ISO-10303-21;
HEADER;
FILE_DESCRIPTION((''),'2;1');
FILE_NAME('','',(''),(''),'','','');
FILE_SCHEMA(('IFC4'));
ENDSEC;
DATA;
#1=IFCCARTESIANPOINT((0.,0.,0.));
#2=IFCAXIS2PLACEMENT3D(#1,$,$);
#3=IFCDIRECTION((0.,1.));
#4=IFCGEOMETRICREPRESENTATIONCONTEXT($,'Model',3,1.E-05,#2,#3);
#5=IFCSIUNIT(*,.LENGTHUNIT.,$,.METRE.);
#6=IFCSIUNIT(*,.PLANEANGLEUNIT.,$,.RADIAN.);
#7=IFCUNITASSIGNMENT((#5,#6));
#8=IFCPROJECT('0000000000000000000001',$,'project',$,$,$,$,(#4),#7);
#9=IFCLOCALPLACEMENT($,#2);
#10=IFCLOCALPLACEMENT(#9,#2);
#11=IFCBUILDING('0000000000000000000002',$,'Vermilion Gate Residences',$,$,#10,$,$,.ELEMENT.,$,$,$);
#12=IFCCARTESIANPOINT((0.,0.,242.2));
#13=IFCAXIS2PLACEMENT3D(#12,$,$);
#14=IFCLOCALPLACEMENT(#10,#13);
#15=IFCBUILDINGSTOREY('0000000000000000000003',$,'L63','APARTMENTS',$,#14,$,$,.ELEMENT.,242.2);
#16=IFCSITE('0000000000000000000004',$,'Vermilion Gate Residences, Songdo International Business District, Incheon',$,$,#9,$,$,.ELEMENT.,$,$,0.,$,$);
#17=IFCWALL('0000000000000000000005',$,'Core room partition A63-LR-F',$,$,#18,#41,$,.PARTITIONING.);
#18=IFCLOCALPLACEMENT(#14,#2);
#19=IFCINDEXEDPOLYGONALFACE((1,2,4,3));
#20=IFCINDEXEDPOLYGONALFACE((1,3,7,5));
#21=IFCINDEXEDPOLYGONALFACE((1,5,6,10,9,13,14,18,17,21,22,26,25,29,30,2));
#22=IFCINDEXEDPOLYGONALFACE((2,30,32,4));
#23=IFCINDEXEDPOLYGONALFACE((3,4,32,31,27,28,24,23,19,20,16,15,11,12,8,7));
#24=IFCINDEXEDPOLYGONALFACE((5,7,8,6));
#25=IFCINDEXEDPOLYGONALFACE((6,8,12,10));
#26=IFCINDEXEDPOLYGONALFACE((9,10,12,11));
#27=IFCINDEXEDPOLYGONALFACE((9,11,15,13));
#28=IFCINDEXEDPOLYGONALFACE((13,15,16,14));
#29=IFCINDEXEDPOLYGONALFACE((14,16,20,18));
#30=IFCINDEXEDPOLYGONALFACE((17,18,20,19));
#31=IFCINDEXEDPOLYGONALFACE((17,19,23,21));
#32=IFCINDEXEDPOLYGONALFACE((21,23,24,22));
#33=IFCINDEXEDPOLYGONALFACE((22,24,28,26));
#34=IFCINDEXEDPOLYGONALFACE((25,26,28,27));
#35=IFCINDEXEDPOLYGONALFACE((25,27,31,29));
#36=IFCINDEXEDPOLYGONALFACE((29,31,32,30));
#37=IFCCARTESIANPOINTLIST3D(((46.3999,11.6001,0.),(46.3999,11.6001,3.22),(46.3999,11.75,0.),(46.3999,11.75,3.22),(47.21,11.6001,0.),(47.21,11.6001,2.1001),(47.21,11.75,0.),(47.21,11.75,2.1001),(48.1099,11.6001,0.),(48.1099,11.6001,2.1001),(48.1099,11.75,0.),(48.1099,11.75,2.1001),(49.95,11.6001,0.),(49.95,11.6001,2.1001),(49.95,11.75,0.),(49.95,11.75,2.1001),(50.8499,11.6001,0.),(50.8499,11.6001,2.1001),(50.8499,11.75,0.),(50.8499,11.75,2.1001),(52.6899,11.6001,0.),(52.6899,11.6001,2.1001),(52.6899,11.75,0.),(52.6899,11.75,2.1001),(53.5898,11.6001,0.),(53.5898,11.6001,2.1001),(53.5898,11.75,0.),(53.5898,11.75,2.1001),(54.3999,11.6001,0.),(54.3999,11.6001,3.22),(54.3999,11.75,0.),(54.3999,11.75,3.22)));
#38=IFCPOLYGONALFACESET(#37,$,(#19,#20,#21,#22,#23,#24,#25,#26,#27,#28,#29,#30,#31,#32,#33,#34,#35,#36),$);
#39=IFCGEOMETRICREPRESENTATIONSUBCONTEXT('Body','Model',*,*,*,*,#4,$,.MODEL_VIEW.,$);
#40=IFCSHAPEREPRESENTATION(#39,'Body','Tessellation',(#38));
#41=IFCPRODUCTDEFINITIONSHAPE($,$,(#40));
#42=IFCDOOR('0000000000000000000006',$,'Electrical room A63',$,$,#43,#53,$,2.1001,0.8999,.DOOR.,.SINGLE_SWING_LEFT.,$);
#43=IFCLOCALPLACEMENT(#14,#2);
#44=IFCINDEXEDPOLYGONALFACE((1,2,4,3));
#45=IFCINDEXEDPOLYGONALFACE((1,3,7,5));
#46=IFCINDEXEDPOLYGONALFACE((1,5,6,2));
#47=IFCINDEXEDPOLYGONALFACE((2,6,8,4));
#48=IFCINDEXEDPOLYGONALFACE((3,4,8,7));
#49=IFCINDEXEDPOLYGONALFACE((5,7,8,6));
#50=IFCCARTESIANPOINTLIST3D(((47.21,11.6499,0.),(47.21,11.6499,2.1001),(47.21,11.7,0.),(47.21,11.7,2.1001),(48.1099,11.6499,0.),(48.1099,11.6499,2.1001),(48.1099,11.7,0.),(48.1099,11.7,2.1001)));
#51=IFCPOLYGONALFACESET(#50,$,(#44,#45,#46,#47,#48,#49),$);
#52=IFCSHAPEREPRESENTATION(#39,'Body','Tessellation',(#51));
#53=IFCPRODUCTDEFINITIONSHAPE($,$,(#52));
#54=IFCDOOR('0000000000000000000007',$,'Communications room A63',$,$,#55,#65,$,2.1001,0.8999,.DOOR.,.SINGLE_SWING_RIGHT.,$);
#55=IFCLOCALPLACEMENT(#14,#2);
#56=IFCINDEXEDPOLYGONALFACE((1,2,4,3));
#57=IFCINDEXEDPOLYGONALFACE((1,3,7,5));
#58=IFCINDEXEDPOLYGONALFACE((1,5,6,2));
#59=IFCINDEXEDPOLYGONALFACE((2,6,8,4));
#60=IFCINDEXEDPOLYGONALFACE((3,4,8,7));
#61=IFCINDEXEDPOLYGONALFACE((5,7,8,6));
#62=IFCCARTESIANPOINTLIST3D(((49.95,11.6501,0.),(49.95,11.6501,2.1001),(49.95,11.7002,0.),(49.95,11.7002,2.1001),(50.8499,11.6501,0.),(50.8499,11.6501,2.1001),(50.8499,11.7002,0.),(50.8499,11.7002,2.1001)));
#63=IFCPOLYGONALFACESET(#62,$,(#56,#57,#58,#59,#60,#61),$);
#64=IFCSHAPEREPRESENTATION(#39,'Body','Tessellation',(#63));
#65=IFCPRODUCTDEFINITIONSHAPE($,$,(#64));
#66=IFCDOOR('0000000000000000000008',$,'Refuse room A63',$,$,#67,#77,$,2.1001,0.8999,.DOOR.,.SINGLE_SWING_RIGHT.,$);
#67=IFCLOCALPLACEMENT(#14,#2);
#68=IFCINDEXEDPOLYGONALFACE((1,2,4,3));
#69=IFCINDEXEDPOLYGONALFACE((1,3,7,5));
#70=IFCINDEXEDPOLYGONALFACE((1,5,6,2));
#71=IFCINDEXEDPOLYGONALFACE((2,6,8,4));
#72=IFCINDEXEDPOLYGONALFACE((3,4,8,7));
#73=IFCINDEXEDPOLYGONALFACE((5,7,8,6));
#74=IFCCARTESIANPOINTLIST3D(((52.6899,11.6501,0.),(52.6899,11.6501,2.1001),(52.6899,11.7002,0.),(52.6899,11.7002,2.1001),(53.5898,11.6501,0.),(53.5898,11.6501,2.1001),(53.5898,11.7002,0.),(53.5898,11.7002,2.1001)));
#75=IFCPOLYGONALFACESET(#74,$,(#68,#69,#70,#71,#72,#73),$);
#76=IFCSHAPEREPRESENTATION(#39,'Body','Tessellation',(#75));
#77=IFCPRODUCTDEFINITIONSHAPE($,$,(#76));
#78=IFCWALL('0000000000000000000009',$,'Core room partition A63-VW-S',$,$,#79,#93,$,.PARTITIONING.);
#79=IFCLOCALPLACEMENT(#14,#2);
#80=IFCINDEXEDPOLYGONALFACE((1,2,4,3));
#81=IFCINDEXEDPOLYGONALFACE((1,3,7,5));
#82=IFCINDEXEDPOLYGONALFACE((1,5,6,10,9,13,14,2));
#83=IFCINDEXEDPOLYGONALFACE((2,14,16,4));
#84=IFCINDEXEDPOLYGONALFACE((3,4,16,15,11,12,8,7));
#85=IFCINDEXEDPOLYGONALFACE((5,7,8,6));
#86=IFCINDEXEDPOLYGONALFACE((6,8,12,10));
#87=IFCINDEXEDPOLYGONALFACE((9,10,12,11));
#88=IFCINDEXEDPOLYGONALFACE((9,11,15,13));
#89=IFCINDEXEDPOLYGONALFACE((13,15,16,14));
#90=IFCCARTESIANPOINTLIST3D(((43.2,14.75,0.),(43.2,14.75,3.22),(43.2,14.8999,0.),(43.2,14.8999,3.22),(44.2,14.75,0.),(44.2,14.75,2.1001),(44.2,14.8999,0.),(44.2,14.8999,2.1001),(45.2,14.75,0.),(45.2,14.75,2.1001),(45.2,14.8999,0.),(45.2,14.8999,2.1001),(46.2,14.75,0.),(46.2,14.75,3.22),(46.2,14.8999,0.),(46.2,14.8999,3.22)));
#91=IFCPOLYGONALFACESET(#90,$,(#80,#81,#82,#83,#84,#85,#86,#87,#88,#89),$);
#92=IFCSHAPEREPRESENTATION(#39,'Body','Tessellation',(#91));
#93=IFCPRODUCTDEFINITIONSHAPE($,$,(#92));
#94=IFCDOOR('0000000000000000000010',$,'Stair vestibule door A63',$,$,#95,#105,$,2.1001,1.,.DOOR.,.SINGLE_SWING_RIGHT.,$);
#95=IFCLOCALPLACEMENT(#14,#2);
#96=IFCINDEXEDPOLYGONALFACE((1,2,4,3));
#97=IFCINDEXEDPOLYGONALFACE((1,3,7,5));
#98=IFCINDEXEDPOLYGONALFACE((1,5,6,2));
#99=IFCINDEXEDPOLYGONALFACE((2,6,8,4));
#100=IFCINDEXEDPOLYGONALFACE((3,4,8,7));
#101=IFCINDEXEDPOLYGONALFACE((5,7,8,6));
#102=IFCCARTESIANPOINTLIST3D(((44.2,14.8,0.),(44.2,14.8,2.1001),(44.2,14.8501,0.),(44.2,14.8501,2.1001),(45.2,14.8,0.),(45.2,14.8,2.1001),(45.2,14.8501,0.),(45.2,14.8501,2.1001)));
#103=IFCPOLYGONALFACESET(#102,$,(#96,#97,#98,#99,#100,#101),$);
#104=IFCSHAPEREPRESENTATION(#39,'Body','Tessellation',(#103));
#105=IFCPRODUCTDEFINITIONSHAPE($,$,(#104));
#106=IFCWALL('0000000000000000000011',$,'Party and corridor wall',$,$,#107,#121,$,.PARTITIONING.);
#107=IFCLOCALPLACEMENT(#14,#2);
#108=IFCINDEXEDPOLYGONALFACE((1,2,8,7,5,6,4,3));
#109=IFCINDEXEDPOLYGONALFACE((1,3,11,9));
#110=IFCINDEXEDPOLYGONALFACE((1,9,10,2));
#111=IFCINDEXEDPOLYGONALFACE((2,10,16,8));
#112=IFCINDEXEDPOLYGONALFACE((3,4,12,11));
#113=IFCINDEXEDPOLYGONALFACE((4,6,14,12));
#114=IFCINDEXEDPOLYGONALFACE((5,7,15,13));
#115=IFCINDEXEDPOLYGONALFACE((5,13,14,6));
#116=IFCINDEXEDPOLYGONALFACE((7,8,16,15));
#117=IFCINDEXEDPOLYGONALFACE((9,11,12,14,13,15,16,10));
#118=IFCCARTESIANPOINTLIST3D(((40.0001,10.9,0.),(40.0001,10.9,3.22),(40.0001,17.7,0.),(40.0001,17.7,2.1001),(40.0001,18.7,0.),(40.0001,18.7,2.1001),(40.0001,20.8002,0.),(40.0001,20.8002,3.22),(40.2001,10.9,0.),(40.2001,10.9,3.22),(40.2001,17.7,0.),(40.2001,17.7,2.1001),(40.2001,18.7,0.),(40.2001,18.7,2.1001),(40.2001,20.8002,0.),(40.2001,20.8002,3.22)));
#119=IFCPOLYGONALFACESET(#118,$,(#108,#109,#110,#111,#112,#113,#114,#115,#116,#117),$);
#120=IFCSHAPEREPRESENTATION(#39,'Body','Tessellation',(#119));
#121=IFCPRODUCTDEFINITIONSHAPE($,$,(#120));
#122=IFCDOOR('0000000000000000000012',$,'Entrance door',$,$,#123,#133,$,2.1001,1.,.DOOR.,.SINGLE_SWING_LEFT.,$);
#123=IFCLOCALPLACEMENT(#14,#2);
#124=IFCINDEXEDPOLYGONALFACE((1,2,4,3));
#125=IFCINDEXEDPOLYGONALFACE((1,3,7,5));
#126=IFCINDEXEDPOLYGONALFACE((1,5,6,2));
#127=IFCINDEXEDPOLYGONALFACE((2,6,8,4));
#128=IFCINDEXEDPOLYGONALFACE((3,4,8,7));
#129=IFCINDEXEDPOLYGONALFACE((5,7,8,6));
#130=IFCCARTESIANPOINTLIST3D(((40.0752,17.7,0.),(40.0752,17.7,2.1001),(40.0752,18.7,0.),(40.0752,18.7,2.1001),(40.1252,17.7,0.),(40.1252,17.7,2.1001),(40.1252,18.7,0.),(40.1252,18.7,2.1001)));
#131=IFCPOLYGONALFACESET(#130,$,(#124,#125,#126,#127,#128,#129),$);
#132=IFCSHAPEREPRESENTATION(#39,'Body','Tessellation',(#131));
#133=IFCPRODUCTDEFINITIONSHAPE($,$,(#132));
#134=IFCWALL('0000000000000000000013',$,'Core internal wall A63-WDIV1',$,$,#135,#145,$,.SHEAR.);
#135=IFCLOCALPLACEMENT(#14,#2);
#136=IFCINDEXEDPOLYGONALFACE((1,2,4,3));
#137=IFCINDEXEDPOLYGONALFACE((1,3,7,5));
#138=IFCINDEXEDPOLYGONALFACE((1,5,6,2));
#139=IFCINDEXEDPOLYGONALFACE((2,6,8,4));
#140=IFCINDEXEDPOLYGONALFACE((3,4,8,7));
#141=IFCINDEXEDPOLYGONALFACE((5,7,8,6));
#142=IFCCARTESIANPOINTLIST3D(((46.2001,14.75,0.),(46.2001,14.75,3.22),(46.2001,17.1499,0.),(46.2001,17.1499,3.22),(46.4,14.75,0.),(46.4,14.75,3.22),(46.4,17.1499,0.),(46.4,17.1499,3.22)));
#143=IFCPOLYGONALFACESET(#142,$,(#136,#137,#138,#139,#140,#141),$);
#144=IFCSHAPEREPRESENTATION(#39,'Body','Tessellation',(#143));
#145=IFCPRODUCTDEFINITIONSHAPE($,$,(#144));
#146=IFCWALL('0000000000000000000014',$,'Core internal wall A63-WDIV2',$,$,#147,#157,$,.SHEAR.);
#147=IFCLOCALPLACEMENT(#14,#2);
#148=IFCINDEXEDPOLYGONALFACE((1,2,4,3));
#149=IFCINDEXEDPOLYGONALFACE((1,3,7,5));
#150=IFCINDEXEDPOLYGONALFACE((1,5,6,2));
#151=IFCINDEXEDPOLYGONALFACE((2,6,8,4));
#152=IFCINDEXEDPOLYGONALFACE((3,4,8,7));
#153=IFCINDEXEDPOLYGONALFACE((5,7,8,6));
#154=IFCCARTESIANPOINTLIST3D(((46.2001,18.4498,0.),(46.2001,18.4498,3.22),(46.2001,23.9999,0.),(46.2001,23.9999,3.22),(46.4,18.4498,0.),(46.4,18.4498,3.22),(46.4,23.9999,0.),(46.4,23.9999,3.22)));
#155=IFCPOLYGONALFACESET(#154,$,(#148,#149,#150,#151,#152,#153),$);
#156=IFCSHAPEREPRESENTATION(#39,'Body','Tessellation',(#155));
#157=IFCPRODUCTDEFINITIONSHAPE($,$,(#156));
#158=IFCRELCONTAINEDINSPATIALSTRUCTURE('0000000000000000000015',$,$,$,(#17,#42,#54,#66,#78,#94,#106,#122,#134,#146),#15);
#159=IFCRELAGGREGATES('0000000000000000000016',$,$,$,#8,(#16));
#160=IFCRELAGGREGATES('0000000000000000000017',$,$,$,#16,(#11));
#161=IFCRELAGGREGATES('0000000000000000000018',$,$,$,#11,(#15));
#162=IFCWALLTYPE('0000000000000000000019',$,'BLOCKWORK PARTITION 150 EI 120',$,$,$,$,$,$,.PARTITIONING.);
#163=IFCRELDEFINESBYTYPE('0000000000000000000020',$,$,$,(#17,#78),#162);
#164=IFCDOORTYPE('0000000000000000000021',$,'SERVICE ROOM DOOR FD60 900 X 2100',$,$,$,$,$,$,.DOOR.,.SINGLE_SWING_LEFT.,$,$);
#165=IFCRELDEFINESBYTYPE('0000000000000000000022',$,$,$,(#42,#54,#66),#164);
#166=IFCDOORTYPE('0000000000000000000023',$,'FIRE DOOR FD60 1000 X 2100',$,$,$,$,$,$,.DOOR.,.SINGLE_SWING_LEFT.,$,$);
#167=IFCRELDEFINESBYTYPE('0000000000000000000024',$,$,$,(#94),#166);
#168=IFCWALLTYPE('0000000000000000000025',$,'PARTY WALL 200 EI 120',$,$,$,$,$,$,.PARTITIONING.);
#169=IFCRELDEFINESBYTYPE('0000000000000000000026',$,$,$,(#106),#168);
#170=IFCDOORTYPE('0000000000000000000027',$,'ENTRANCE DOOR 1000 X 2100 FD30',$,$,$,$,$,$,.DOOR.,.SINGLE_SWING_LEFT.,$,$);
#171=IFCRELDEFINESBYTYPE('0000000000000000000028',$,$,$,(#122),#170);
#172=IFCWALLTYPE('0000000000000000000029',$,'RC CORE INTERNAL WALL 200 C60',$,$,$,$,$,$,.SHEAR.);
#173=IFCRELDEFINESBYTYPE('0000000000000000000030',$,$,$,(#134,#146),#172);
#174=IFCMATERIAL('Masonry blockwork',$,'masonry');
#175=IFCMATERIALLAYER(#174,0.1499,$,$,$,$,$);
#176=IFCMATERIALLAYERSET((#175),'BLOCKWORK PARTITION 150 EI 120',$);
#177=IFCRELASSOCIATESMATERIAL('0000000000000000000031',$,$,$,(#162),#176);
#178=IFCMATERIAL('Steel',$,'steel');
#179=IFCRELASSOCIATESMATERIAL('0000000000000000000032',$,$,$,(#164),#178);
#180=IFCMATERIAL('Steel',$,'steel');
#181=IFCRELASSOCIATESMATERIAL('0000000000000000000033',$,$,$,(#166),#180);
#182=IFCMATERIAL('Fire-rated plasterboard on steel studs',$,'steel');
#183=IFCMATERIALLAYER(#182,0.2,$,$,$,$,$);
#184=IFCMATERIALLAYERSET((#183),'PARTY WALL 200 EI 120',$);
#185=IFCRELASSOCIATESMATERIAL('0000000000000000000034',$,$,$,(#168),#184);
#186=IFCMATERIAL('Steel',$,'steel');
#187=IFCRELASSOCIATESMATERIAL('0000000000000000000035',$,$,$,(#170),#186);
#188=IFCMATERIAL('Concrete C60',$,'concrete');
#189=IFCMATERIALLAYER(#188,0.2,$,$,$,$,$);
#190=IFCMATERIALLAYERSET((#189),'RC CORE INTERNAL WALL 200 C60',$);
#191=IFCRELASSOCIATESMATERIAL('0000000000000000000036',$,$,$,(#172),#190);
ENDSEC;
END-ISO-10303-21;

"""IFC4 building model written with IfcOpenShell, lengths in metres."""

from ifc_helpers import new_model, si_unit, direction, frame, frame_2d, origin, place, context, subcontext, project, spatial, rectangle, extrude, material, layer, layer_set, type_object, element, fill, save


model = new_model("IFC4")

# Units and contexts
model_context = context("Model", 3, precision=1e-05, world=origin(), true_north=direction((0.0, 1.0)))
body_context = subcontext(model_context, "Body", "Model", "MODEL_VIEW")
ifc_project = project(units=[si_unit("LENGTHUNIT", "METRE"), si_unit("PLANEANGLEUNIT", "RADIAN")], contexts=[model_context])

# Site, building, storey
site_placement = place(None, origin())
site = spatial("IfcSite", under=ifc_project, at=site_placement, Name="Vermilion Gate Residences, Songdo International Business District, Incheon", CompositionType="ELEMENT", RefElevation=0.0)
building_placement = place(site_placement, origin())
building = spatial("IfcBuilding", under=site, at=building_placement, Name="Vermilion Gate Residences", CompositionType="ELEMENT")
storey_placement = place(building_placement, frame((0.0, 0.0, 242.2)))
storey = spatial("IfcBuildingStorey", under=building, at=storey_placement, Name="L63", Description="APARTMENTS", CompositionType="ELEMENT", Elevation=242.2)

# Wall, openings, doors
ifc_material_1 = material(Name="Masonry blockwork", Category="masonry")
ifc_layer_1 = layer(ifc_material_1, 0.1499)
ifc_layer_set_1 = layer_set([ifc_layer_1], Name="BLOCKWORK PARTITION 150 EI 120")
wall_type_1 = type_object("IfcWallType", Name="BLOCKWORK PARTITION 150 EI 120", PredefinedType="PARTITIONING", material=ifc_layer_set_1)
wall_1_placement = place(storey_placement, frame((46.3999, 11.675, 0.0), z_axis=(0.0, 0.0, 1.0), x_axis=(1.0, 0.0, 0.0)))
wall_1 = element("IfcWall", 1, at=wall_1_placement, inside=storey, type_object=wall_type_1, Name="Core room partition A63-LR-F", PredefinedType="PARTITIONING", context=body_context, shape_type="SweptSolid", body=[
    extrude(rectangle(XDim=8.0, YDim=0.1499, at=frame_2d((4.0, 0.0))), origin(), (0.0, 0.0, 1.0), 3.22),
])
opening_1_placement = place(wall_1_placement, frame((0.8101, 0.0, 0.0)))
opening_1 = element("IfcOpeningElement", 2, at=opening_1_placement, cuts=wall_1, PredefinedType="OPENING", context=body_context, shape_type="SweptSolid", body=[
    extrude(rectangle(XDim=0.8999, YDim=2.1001, at=frame_2d((0.45, 1.05))), frame((0.0, 0.085, 0.0), z_axis=(0.0, -1.0, 0.0), x_axis=(1.0, 0.0, 0.0)), (0.0, 0.0, 1.0), 0.1699),
])
opening_2_placement = place(wall_1_placement, frame((3.55, 0.0, 0.0)))
opening_2 = element("IfcOpeningElement", 3, at=opening_2_placement, cuts=wall_1, PredefinedType="OPENING", context=body_context, shape_type="SweptSolid", body=[
    extrude(rectangle(XDim=0.8999, YDim=2.1001, at=frame_2d((0.45, 1.05))), frame((0.0, 0.085, 0.0), z_axis=(0.0, -1.0, 0.0), x_axis=(1.0, 0.0, 0.0)), (0.0, 0.0, 1.0), 0.1699),
])
opening_3_placement = place(wall_1_placement, frame((6.29, 0.0, 0.0)))
opening_3 = element("IfcOpeningElement", 4, at=opening_3_placement, cuts=wall_1, PredefinedType="OPENING", context=body_context, shape_type="SweptSolid", body=[
    extrude(rectangle(XDim=0.8999, YDim=2.1001, at=frame_2d((0.45, 1.05))), frame((0.0, 0.085, 0.0), z_axis=(0.0, -1.0, 0.0), x_axis=(1.0, 0.0, 0.0)), (0.0, 0.0, 1.0), 0.1699),
])
ifc_material_2 = material(Name="Steel", Category="steel")
door_type_1 = type_object("IfcDoorType", Name="SERVICE ROOM DOOR FD60 900 X 2100", OperationType="SINGLE_SWING_LEFT", PredefinedType="DOOR", material=ifc_material_2)
door_1_placement = place(opening_1_placement, origin())
door_1 = element("IfcDoor", 5, at=door_1_placement, inside=storey, type_object=door_type_1, Name="Electrical room A63", OperationType="SINGLE_SWING_LEFT", OverallHeight=2.1001, OverallWidth=0.8999, PredefinedType="DOOR", context=body_context, shape_type="SweptSolid", body=[
    extrude(rectangle(XDim=0.8999, YDim=2.1001, at=frame_2d((0.45, 1.05))), frame((0.0, 0.0249, 0.0), z_axis=(0.0, -1.0, 0.0), x_axis=(1.0, 0.0, 0.0)), (0.0, 0.0, 1.0), 0.05),
])
fill(opening_1, door_1)
door_2_placement = place(opening_2_placement, frame((0.8999, 0.0, 0.0), z_axis=(0.0, 0.0, 1.0), x_axis=(-1.0, 0.0, 0.0)))
door_2 = element("IfcDoor", 6, at=door_2_placement, inside=storey, type_object=door_type_1, Name="Communications room A63", OperationType="SINGLE_SWING_RIGHT", OverallHeight=2.1001, OverallWidth=0.8999, PredefinedType="DOOR", context=body_context, shape_type="SweptSolid", body=[
    extrude(rectangle(XDim=0.8999, YDim=2.1001, at=frame_2d((0.45, 1.05))), frame((0.0, 0.0249, 0.0), z_axis=(0.0, -1.0, 0.0), x_axis=(1.0, 0.0, 0.0)), (0.0, 0.0, 1.0), 0.05),
])
fill(opening_2, door_2)
door_3_placement = place(opening_3_placement, frame((0.8999, 0.0, 0.0), z_axis=(0.0, 0.0, 1.0), x_axis=(-1.0, 0.0, 0.0)))
door_3 = element("IfcDoor", 7, at=door_3_placement, inside=storey, type_object=door_type_1, Name="Refuse room A63", OperationType="SINGLE_SWING_RIGHT", OverallHeight=2.1001, OverallWidth=0.8999, PredefinedType="DOOR", context=body_context, shape_type="SweptSolid", body=[
    extrude(rectangle(XDim=0.8999, YDim=2.1001, at=frame_2d((0.45, 1.05))), frame((0.0, 0.0249, 0.0), z_axis=(0.0, -1.0, 0.0), x_axis=(1.0, 0.0, 0.0)), (0.0, 0.0, 1.0), 0.05),
])
fill(opening_3, door_3)

# Walls, openings, doors
wall_2_placement = place(storey_placement, frame((43.2, 14.825, 0.0), z_axis=(0.0, 0.0, 1.0), x_axis=(1.0, 0.0, 0.0)))
wall_2 = element("IfcWall", 8, at=wall_2_placement, inside=storey, type_object=wall_type_1, Name="Core room partition A63-VW-S", PredefinedType="PARTITIONING", context=body_context, shape_type="SweptSolid", body=[
    extrude(rectangle(XDim=3.0, YDim=0.1499, at=frame_2d((1.5, 0.0))), origin(), (0.0, 0.0, 1.0), 3.22),
])
opening_4_placement = place(wall_2_placement, frame((1.0, 0.0, 0.0)))
opening_4 = element("IfcOpeningElement", 9, at=opening_4_placement, cuts=wall_2, PredefinedType="OPENING", context=body_context, shape_type="SweptSolid", body=[
    extrude(rectangle(XDim=1.0, YDim=2.1001, at=frame_2d((0.5, 1.05))), frame((0.0, 0.085, 0.0), z_axis=(0.0, -1.0, 0.0), x_axis=(1.0, 0.0, 0.0)), (0.0, 0.0, 1.0), 0.1699),
])
ifc_material_3 = material(Name="Steel", Category="steel")
door_type_2 = type_object("IfcDoorType", Name="FIRE DOOR FD60 1000 X 2100", OperationType="SINGLE_SWING_LEFT", PredefinedType="DOOR", material=ifc_material_3)
door_4_placement = place(opening_4_placement, frame((1.0, 0.0, 0.0), z_axis=(0.0, 0.0, 1.0), x_axis=(-1.0, 0.0, 0.0)))
door_4 = element("IfcDoor", 10, at=door_4_placement, inside=storey, type_object=door_type_2, Name="Stair vestibule door A63", OperationType="SINGLE_SWING_RIGHT", OverallHeight=2.1001, OverallWidth=1.0, PredefinedType="DOOR", context=body_context, shape_type="SweptSolid", body=[
    extrude(rectangle(XDim=1.0, YDim=2.1001, at=frame_2d((0.5, 1.05))), frame((0.0, 0.0249, 0.0), z_axis=(0.0, -1.0, 0.0), x_axis=(1.0, 0.0, 0.0)), (0.0, 0.0, 1.0), 0.05),
])
fill(opening_4, door_4)
ifc_material_4 = material(Name="Fire-rated plasterboard on steel studs", Category="steel")
ifc_layer_2 = layer(ifc_material_4, 0.2)
ifc_layer_set_2 = layer_set([ifc_layer_2], Name="PARTY WALL 200 EI 120")
wall_type_2 = type_object("IfcWallType", Name="PARTY WALL 200 EI 120", PredefinedType="PARTITIONING", material=ifc_layer_set_2)
wall_3_placement = place(storey_placement, frame((40.1001, 10.8999, 0.0), z_axis=(0.0, 0.0, 1.0), x_axis=(0.0, 1.0, 0.0)))
wall_3 = element("IfcWall", 11, at=wall_3_placement, inside=storey, type_object=wall_type_2, Name="Party and corridor wall", PredefinedType="PARTITIONING", context=body_context, shape_type="SweptSolid", body=[
    extrude(rectangle(XDim=9.9001, YDim=0.2, at=frame_2d((4.9502, 0.0))), origin(), (0.0, 0.0, 1.0), 3.22),
])
opening_5_placement = place(wall_3_placement, frame((6.8, 0.0, 0.0)))
opening_5 = element("IfcOpeningElement", 12, at=opening_5_placement, cuts=wall_3, PredefinedType="OPENING", context=body_context, shape_type="SweptSolid", body=[
    extrude(rectangle(XDim=1.0, YDim=2.1001, at=frame_2d((0.5, 1.05))), frame((0.0, 0.1099, 0.0), z_axis=(0.0, -1.0, 0.0), x_axis=(1.0, 0.0, 0.0)), (0.0, 0.0, 1.0), 0.22),
])
ifc_material_5 = material(Name="Steel", Category="steel")
door_type_3 = type_object("IfcDoorType", Name="ENTRANCE DOOR 1000 X 2100 FD30", OperationType="SINGLE_SWING_LEFT", PredefinedType="DOOR", material=ifc_material_5)
door_5_placement = place(opening_5_placement, origin())
door_5 = element("IfcDoor", 13, at=door_5_placement, inside=storey, type_object=door_type_3, Name="Entrance door", OperationType="SINGLE_SWING_LEFT", OverallHeight=2.1001, OverallWidth=1.0, PredefinedType="DOOR", context=body_context, shape_type="SweptSolid", body=[
    extrude(rectangle(XDim=1.0, YDim=2.1001, at=frame_2d((0.5, 1.05))), frame((0.0, 0.0249, 0.0), z_axis=(0.0, -1.0, 0.0), x_axis=(1.0, 0.0, 0.0)), (0.0, 0.0, 1.0), 0.05),
])
fill(opening_5, door_5)

# Walls
ifc_material_6 = material(Name="Concrete C60", Category="concrete")
ifc_layer_3 = layer(ifc_material_6, 0.2)
ifc_layer_set_3 = layer_set([ifc_layer_3], Name="RC CORE INTERNAL WALL 200 C60")
wall_type_3 = type_object("IfcWallType", Name="RC CORE INTERNAL WALL 200 C60", PredefinedType="SHEAR", material=ifc_layer_set_3)
wall_4_placement = place(storey_placement, frame((46.3, 14.75, 0.0), z_axis=(0.0, 0.0, 1.0), x_axis=(0.0, 1.0, 0.0)))
element("IfcWall", 14, at=wall_4_placement, inside=storey, type_object=wall_type_3, Name="Core internal wall A63-WDIV1", PredefinedType="SHEAR", context=body_context, shape_type="SweptSolid", body=[
    extrude(rectangle(XDim=2.3999, YDim=0.2, at=frame_2d((1.2, 0.0))), origin(), (0.0, 0.0, 1.0), 3.22),
])
wall_5_placement = place(storey_placement, frame((46.3, 18.45, 0.0), z_axis=(0.0, 0.0, 1.0), x_axis=(0.0, 1.0, 0.0)))
element("IfcWall", 15, at=wall_5_placement, inside=storey, type_object=wall_type_3, Name="Core internal wall A63-WDIV2", PredefinedType="SHEAR", context=body_context, shape_type="SweptSolid", body=[
    extrude(rectangle(XDim=5.55, YDim=0.2, at=frame_2d((2.7749, 0.0))), origin(), (0.0, 0.0, 1.0), 3.22),
])

save(model, "model.ifc")
